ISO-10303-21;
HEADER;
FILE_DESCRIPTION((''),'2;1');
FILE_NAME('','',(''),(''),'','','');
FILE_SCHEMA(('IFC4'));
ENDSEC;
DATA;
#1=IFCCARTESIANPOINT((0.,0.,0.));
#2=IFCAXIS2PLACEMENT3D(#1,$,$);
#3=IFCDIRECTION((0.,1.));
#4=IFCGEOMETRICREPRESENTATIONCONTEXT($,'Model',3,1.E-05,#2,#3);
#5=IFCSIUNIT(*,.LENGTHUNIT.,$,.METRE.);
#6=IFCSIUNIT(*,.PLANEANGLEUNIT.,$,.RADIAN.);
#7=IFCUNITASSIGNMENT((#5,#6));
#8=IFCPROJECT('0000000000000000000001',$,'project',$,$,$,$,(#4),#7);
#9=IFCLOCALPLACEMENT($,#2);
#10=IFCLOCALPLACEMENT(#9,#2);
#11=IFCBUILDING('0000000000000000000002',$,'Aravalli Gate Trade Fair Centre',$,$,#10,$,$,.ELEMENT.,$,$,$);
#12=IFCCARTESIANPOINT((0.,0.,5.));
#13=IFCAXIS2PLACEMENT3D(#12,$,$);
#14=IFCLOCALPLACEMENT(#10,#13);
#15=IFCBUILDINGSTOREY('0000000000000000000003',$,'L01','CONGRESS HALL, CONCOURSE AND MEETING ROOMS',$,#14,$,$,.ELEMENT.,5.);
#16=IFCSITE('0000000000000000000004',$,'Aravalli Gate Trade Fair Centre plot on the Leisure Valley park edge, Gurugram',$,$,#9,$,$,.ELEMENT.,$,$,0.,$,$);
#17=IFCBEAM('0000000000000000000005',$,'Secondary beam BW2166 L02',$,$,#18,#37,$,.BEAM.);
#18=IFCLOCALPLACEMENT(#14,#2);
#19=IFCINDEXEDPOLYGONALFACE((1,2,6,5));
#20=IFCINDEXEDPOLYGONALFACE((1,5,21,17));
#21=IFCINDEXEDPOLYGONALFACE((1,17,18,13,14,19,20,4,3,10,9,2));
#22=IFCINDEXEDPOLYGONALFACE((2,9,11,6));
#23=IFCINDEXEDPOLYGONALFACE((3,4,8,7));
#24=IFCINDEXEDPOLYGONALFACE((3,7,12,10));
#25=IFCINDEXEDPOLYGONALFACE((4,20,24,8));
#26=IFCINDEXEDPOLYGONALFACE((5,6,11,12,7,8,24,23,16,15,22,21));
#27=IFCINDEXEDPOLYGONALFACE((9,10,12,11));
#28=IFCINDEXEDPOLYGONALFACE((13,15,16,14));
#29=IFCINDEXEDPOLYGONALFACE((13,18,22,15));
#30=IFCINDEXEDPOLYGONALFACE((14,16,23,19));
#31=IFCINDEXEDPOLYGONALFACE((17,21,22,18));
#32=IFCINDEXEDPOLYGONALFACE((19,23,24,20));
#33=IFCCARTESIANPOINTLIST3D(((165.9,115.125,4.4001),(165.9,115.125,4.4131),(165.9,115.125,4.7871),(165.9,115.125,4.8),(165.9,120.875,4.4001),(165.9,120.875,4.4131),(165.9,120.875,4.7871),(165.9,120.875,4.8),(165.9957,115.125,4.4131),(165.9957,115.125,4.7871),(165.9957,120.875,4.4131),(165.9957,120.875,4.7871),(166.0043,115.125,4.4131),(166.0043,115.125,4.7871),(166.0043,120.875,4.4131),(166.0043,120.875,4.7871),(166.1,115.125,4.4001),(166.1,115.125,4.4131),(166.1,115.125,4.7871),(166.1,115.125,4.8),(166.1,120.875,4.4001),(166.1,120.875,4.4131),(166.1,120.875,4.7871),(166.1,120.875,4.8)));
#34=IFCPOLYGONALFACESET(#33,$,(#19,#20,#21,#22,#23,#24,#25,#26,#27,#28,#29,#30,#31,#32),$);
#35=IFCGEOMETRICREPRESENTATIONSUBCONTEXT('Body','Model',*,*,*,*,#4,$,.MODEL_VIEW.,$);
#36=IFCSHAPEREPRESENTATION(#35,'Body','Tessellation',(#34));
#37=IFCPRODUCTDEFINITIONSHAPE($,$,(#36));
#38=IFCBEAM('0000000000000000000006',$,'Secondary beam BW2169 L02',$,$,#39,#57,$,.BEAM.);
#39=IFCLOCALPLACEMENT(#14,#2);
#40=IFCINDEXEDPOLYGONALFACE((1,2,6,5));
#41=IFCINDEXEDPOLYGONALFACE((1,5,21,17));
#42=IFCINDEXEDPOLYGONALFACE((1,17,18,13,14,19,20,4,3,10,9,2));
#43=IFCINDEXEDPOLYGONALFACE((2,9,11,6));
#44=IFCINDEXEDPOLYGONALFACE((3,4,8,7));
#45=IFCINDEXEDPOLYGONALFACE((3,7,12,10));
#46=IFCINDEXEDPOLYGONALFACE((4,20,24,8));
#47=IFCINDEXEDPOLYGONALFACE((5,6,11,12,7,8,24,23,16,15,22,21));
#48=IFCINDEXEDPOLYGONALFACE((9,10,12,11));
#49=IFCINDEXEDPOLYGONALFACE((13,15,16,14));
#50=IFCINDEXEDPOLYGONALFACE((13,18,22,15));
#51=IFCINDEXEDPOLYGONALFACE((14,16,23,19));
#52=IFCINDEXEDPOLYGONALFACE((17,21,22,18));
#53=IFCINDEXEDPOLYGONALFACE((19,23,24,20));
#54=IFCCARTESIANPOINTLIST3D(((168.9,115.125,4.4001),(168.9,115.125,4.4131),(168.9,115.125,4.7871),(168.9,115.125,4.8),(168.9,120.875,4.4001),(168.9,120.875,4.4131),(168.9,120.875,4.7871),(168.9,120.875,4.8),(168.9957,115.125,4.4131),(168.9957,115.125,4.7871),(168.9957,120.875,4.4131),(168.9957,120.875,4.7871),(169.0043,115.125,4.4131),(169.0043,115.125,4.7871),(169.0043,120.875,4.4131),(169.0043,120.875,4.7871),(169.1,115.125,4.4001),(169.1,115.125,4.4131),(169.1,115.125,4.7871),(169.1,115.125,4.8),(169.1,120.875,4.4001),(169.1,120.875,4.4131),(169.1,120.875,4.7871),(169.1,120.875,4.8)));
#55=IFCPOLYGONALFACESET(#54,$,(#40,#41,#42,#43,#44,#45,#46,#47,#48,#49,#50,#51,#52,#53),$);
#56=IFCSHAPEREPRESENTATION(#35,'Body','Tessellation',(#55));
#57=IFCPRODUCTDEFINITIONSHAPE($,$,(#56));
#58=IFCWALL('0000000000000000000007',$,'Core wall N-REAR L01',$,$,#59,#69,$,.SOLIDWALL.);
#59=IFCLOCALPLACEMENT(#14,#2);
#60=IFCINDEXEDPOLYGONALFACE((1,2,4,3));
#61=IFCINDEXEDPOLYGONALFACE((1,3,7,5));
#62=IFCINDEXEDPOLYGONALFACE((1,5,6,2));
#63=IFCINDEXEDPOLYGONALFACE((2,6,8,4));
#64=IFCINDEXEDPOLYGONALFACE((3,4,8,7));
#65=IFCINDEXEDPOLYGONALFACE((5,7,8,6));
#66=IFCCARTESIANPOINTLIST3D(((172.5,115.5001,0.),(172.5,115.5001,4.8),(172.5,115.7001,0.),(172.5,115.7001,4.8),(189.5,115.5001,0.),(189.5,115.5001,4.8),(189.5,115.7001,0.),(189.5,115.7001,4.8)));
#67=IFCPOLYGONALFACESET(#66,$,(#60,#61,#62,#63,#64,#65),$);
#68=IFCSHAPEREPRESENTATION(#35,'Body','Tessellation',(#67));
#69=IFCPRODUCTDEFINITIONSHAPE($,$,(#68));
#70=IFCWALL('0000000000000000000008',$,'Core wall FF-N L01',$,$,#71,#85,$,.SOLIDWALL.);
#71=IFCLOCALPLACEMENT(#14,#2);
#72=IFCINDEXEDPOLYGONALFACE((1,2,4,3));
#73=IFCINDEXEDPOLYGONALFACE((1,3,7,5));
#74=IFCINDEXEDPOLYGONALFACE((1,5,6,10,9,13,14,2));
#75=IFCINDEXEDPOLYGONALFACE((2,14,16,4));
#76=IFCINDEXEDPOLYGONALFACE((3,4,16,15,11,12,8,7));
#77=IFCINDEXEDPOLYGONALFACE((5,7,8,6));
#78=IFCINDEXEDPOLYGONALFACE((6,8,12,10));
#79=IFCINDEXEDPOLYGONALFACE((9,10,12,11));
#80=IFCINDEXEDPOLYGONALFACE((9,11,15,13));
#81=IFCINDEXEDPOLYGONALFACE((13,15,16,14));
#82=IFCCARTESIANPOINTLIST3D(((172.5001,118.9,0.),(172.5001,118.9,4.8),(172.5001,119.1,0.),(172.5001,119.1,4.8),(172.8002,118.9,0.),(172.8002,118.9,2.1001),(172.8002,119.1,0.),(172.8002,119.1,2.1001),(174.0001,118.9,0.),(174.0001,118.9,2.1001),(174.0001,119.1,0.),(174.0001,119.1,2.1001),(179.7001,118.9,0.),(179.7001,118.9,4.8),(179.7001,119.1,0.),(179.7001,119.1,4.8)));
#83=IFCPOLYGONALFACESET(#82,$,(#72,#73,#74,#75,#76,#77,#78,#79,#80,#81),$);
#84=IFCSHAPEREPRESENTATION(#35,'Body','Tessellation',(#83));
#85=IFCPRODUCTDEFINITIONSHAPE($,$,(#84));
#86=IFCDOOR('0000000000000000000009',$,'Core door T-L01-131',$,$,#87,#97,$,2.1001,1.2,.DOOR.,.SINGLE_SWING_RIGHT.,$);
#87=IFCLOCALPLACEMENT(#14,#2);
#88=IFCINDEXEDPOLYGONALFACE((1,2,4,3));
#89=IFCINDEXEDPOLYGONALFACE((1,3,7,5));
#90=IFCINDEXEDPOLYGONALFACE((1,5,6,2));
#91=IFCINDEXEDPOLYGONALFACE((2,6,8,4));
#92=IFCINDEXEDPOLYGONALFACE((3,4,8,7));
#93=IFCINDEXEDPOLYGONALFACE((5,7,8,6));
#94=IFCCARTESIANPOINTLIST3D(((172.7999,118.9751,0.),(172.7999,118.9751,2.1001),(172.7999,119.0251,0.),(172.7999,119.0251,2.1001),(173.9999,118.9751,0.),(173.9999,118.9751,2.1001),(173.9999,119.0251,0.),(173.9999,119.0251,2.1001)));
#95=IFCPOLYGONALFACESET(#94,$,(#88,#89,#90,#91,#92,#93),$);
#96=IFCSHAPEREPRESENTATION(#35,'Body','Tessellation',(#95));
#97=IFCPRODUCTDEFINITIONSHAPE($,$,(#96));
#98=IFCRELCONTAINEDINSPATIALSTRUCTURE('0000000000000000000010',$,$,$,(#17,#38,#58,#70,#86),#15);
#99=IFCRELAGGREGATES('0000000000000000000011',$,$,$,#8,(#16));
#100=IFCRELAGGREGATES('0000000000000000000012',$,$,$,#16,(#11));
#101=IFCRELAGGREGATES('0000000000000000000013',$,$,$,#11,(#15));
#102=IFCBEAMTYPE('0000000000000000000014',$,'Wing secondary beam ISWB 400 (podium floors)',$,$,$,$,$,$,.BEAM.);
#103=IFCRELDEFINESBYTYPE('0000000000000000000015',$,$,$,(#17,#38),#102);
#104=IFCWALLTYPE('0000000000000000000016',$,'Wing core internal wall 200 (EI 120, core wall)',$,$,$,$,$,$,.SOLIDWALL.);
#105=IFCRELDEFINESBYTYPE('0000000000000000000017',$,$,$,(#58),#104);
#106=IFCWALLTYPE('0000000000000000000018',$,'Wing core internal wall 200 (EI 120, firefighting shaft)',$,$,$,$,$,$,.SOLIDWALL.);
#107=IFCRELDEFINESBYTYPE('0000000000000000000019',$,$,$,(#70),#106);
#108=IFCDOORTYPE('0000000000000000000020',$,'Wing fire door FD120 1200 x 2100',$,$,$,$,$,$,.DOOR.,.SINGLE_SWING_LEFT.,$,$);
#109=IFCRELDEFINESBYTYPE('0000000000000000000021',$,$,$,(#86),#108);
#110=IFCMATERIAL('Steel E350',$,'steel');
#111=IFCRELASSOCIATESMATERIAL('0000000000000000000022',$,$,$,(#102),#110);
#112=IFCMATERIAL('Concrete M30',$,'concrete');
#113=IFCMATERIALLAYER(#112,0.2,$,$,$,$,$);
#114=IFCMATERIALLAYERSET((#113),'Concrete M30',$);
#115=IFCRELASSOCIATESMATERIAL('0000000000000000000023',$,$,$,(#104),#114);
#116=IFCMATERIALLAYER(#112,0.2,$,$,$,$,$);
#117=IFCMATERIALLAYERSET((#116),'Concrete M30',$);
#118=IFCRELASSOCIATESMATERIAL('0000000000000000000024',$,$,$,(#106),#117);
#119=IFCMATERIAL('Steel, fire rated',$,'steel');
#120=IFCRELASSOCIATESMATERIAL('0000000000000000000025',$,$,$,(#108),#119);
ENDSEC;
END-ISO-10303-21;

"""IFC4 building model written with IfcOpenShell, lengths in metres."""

from ifc_helpers import new_model, si_unit, direction, frame, frame_2d, origin, origin_2d, place, context, subcontext, project, spatial, rectangle, i_section, extrude, material, layer, layer_set, material_profile, profile_set, type_object, element, fill, save


model = new_model("IFC4")

# Units and contexts
model_context = context("Model", 3, precision=1e-05, world=origin(), true_north=direction((0.0, 1.0)))
body_context = subcontext(model_context, "Body", "Model", "MODEL_VIEW")
ifc_project = project(units=[si_unit("LENGTHUNIT", "METRE"), si_unit("PLANEANGLEUNIT", "RADIAN")], contexts=[model_context])

# Site, building, storey
site_placement = place(None, origin())
site = spatial("IfcSite", under=ifc_project, at=site_placement, Name="Aravalli Gate Trade Fair Centre plot on the Leisure Valley park edge, Gurugram", CompositionType="ELEMENT", RefElevation=0.0)
building_placement = place(site_placement, origin())
building = spatial("IfcBuilding", under=site, at=building_placement, Name="Aravalli Gate Trade Fair Centre", CompositionType="ELEMENT")
storey_placement = place(building_placement, frame((0.0, 0.0, 5.0)))
storey = spatial("IfcBuildingStorey", under=building, at=storey_placement, Name="L01", Description="CONGRESS HALL, CONCOURSE AND MEETING ROOMS", CompositionType="ELEMENT", Elevation=5.0)

# Beams
ifc_material_1 = material(Name="Steel E350", Category="steel")
ifc_material_profile = material_profile(ifc_material_1, i_section(OverallWidth=0.2, OverallDepth=0.3999, WebThickness=0.0085, FlangeThickness=0.0129, at=origin_2d()), Name="ISWB 400")
ifc_profile_set = profile_set([ifc_material_profile], Name="Steel E350")
beam_type = type_object("IfcBeamType", Name="Wing secondary beam ISWB 400 (podium floors)", PredefinedType="BEAM", material=ifc_profile_set)
for number, where, z_axis, x_axis, name in (
    (1, (166.0, 115.125, 4.6001), (0.0, 1.0, 0.0), (-1.0, 0.0, 0.0), "Secondary beam BW2166 L02"),
    (2, (169.0, 115.125, 4.6001), (0.0, 1.0, 0.0), (-1.0, 0.0, 0.0), "Secondary beam BW2169 L02"),
):
    element("IfcBeam", number, at=place(storey_placement, frame(where, z_axis=z_axis, x_axis=x_axis)), inside=storey, type_object=beam_type, Name=name, PredefinedType="BEAM", context=body_context, shape_type="SweptSolid", body=[
        extrude(i_section(OverallWidth=0.2, OverallDepth=0.3999, WebThickness=0.0085, FlangeThickness=0.0129, at=origin_2d()), origin(), (0.0, 0.0, 1.0), 5.75),
    ])

# Wall
ifc_material_2 = material(Name="Concrete M30", Category="concrete")
ifc_layer_1 = layer(ifc_material_2, 0.2)
ifc_layer_set_1 = layer_set([ifc_layer_1], Name="Concrete M30")
wall_type_1 = type_object("IfcWallType", Name="Wing core internal wall 200 (EI 120, core wall)", PredefinedType="SOLIDWALL", material=ifc_layer_set_1)
wall_1_placement = place(storey_placement, frame((172.5, 115.6001, 0.0), z_axis=(0.0, 0.0, 1.0), x_axis=(1.0, 0.0, 0.0)))
element("IfcWall", 3, at=wall_1_placement, inside=storey, type_object=wall_type_1, Name="Core wall N-REAR L01", PredefinedType="SOLIDWALL", context=body_context, shape_type="SweptSolid", body=[
    extrude(rectangle(XDim=17.0, YDim=0.2, at=frame_2d((8.5, 0.0))), origin(), (0.0, 0.0, 1.0), 4.8),
])

# Wall, opening, door
ifc_layer_2 = layer(ifc_material_2, 0.2)
ifc_layer_set_2 = layer_set([ifc_layer_2], Name="Concrete M30")
wall_type_2 = type_object("IfcWallType", Name="Wing core internal wall 200 (EI 120, firefighting shaft)", PredefinedType="SOLIDWALL", material=ifc_layer_set_2)
wall_2_placement = place(storey_placement, frame((172.5, 119.0, 0.0), z_axis=(0.0, 0.0, 1.0), x_axis=(1.0, 0.0, 0.0)))
wall_2 = element("IfcWall", 4, at=wall_2_placement, inside=storey, type_object=wall_type_2, Name="Core wall FF-N L01", PredefinedType="SOLIDWALL", context=body_context, shape_type="SweptSolid", body=[
    extrude(rectangle(XDim=7.2, YDim=0.2, at=frame_2d((3.6001, 0.0))), origin(), (0.0, 0.0, 1.0), 4.8),
])
opening_1_placement = place(wall_2_placement, frame((0.3, 0.0, 0.0)))
opening_1 = element("IfcOpeningElement", 5, at=opening_1_placement, cuts=wall_2, PredefinedType="OPENING", context=body_context, shape_type="SweptSolid", body=[
    extrude(rectangle(XDim=1.2, YDim=2.1001, at=frame_2d((0.6001, 1.05))), frame((0.0, 0.1099, 0.0), z_axis=(0.0, -1.0, 0.0), x_axis=(1.0, 0.0, 0.0)), (0.0, 0.0, 1.0), 0.22),
])
ifc_material_3 = material(Name="Steel, fire rated", Category="steel")
door_type_1 = type_object("IfcDoorType", Name="Wing fire door FD120 1200 x 2100", OperationType="SINGLE_SWING_LEFT", PredefinedType="DOOR", material=ifc_material_3)
door_1_placement = place(opening_1_placement, frame((1.2, 0.0, 0.0), z_axis=(0.0, 0.0, 1.0), x_axis=(-1.0, 0.0, 0.0)))
door_1 = element("IfcDoor", 6, at=door_1_placement, inside=storey, type_object=door_type_1, Name="Core door T-L01-131", OperationType="SINGLE_SWING_RIGHT", OverallHeight=2.1001, OverallWidth=1.2, PredefinedType="DOOR", context=body_context, shape_type="SweptSolid", body=[
    extrude(rectangle(XDim=1.2, YDim=2.1001, at=frame_2d((0.6001, 1.05))), frame((0.0, 0.0249, 0.0), z_axis=(0.0, -1.0, 0.0), x_axis=(1.0, 0.0, 0.0)), (0.0, 0.0, 1.0), 0.05),
])
fill(opening_1, door_1)

save(model, "model.ifc")
